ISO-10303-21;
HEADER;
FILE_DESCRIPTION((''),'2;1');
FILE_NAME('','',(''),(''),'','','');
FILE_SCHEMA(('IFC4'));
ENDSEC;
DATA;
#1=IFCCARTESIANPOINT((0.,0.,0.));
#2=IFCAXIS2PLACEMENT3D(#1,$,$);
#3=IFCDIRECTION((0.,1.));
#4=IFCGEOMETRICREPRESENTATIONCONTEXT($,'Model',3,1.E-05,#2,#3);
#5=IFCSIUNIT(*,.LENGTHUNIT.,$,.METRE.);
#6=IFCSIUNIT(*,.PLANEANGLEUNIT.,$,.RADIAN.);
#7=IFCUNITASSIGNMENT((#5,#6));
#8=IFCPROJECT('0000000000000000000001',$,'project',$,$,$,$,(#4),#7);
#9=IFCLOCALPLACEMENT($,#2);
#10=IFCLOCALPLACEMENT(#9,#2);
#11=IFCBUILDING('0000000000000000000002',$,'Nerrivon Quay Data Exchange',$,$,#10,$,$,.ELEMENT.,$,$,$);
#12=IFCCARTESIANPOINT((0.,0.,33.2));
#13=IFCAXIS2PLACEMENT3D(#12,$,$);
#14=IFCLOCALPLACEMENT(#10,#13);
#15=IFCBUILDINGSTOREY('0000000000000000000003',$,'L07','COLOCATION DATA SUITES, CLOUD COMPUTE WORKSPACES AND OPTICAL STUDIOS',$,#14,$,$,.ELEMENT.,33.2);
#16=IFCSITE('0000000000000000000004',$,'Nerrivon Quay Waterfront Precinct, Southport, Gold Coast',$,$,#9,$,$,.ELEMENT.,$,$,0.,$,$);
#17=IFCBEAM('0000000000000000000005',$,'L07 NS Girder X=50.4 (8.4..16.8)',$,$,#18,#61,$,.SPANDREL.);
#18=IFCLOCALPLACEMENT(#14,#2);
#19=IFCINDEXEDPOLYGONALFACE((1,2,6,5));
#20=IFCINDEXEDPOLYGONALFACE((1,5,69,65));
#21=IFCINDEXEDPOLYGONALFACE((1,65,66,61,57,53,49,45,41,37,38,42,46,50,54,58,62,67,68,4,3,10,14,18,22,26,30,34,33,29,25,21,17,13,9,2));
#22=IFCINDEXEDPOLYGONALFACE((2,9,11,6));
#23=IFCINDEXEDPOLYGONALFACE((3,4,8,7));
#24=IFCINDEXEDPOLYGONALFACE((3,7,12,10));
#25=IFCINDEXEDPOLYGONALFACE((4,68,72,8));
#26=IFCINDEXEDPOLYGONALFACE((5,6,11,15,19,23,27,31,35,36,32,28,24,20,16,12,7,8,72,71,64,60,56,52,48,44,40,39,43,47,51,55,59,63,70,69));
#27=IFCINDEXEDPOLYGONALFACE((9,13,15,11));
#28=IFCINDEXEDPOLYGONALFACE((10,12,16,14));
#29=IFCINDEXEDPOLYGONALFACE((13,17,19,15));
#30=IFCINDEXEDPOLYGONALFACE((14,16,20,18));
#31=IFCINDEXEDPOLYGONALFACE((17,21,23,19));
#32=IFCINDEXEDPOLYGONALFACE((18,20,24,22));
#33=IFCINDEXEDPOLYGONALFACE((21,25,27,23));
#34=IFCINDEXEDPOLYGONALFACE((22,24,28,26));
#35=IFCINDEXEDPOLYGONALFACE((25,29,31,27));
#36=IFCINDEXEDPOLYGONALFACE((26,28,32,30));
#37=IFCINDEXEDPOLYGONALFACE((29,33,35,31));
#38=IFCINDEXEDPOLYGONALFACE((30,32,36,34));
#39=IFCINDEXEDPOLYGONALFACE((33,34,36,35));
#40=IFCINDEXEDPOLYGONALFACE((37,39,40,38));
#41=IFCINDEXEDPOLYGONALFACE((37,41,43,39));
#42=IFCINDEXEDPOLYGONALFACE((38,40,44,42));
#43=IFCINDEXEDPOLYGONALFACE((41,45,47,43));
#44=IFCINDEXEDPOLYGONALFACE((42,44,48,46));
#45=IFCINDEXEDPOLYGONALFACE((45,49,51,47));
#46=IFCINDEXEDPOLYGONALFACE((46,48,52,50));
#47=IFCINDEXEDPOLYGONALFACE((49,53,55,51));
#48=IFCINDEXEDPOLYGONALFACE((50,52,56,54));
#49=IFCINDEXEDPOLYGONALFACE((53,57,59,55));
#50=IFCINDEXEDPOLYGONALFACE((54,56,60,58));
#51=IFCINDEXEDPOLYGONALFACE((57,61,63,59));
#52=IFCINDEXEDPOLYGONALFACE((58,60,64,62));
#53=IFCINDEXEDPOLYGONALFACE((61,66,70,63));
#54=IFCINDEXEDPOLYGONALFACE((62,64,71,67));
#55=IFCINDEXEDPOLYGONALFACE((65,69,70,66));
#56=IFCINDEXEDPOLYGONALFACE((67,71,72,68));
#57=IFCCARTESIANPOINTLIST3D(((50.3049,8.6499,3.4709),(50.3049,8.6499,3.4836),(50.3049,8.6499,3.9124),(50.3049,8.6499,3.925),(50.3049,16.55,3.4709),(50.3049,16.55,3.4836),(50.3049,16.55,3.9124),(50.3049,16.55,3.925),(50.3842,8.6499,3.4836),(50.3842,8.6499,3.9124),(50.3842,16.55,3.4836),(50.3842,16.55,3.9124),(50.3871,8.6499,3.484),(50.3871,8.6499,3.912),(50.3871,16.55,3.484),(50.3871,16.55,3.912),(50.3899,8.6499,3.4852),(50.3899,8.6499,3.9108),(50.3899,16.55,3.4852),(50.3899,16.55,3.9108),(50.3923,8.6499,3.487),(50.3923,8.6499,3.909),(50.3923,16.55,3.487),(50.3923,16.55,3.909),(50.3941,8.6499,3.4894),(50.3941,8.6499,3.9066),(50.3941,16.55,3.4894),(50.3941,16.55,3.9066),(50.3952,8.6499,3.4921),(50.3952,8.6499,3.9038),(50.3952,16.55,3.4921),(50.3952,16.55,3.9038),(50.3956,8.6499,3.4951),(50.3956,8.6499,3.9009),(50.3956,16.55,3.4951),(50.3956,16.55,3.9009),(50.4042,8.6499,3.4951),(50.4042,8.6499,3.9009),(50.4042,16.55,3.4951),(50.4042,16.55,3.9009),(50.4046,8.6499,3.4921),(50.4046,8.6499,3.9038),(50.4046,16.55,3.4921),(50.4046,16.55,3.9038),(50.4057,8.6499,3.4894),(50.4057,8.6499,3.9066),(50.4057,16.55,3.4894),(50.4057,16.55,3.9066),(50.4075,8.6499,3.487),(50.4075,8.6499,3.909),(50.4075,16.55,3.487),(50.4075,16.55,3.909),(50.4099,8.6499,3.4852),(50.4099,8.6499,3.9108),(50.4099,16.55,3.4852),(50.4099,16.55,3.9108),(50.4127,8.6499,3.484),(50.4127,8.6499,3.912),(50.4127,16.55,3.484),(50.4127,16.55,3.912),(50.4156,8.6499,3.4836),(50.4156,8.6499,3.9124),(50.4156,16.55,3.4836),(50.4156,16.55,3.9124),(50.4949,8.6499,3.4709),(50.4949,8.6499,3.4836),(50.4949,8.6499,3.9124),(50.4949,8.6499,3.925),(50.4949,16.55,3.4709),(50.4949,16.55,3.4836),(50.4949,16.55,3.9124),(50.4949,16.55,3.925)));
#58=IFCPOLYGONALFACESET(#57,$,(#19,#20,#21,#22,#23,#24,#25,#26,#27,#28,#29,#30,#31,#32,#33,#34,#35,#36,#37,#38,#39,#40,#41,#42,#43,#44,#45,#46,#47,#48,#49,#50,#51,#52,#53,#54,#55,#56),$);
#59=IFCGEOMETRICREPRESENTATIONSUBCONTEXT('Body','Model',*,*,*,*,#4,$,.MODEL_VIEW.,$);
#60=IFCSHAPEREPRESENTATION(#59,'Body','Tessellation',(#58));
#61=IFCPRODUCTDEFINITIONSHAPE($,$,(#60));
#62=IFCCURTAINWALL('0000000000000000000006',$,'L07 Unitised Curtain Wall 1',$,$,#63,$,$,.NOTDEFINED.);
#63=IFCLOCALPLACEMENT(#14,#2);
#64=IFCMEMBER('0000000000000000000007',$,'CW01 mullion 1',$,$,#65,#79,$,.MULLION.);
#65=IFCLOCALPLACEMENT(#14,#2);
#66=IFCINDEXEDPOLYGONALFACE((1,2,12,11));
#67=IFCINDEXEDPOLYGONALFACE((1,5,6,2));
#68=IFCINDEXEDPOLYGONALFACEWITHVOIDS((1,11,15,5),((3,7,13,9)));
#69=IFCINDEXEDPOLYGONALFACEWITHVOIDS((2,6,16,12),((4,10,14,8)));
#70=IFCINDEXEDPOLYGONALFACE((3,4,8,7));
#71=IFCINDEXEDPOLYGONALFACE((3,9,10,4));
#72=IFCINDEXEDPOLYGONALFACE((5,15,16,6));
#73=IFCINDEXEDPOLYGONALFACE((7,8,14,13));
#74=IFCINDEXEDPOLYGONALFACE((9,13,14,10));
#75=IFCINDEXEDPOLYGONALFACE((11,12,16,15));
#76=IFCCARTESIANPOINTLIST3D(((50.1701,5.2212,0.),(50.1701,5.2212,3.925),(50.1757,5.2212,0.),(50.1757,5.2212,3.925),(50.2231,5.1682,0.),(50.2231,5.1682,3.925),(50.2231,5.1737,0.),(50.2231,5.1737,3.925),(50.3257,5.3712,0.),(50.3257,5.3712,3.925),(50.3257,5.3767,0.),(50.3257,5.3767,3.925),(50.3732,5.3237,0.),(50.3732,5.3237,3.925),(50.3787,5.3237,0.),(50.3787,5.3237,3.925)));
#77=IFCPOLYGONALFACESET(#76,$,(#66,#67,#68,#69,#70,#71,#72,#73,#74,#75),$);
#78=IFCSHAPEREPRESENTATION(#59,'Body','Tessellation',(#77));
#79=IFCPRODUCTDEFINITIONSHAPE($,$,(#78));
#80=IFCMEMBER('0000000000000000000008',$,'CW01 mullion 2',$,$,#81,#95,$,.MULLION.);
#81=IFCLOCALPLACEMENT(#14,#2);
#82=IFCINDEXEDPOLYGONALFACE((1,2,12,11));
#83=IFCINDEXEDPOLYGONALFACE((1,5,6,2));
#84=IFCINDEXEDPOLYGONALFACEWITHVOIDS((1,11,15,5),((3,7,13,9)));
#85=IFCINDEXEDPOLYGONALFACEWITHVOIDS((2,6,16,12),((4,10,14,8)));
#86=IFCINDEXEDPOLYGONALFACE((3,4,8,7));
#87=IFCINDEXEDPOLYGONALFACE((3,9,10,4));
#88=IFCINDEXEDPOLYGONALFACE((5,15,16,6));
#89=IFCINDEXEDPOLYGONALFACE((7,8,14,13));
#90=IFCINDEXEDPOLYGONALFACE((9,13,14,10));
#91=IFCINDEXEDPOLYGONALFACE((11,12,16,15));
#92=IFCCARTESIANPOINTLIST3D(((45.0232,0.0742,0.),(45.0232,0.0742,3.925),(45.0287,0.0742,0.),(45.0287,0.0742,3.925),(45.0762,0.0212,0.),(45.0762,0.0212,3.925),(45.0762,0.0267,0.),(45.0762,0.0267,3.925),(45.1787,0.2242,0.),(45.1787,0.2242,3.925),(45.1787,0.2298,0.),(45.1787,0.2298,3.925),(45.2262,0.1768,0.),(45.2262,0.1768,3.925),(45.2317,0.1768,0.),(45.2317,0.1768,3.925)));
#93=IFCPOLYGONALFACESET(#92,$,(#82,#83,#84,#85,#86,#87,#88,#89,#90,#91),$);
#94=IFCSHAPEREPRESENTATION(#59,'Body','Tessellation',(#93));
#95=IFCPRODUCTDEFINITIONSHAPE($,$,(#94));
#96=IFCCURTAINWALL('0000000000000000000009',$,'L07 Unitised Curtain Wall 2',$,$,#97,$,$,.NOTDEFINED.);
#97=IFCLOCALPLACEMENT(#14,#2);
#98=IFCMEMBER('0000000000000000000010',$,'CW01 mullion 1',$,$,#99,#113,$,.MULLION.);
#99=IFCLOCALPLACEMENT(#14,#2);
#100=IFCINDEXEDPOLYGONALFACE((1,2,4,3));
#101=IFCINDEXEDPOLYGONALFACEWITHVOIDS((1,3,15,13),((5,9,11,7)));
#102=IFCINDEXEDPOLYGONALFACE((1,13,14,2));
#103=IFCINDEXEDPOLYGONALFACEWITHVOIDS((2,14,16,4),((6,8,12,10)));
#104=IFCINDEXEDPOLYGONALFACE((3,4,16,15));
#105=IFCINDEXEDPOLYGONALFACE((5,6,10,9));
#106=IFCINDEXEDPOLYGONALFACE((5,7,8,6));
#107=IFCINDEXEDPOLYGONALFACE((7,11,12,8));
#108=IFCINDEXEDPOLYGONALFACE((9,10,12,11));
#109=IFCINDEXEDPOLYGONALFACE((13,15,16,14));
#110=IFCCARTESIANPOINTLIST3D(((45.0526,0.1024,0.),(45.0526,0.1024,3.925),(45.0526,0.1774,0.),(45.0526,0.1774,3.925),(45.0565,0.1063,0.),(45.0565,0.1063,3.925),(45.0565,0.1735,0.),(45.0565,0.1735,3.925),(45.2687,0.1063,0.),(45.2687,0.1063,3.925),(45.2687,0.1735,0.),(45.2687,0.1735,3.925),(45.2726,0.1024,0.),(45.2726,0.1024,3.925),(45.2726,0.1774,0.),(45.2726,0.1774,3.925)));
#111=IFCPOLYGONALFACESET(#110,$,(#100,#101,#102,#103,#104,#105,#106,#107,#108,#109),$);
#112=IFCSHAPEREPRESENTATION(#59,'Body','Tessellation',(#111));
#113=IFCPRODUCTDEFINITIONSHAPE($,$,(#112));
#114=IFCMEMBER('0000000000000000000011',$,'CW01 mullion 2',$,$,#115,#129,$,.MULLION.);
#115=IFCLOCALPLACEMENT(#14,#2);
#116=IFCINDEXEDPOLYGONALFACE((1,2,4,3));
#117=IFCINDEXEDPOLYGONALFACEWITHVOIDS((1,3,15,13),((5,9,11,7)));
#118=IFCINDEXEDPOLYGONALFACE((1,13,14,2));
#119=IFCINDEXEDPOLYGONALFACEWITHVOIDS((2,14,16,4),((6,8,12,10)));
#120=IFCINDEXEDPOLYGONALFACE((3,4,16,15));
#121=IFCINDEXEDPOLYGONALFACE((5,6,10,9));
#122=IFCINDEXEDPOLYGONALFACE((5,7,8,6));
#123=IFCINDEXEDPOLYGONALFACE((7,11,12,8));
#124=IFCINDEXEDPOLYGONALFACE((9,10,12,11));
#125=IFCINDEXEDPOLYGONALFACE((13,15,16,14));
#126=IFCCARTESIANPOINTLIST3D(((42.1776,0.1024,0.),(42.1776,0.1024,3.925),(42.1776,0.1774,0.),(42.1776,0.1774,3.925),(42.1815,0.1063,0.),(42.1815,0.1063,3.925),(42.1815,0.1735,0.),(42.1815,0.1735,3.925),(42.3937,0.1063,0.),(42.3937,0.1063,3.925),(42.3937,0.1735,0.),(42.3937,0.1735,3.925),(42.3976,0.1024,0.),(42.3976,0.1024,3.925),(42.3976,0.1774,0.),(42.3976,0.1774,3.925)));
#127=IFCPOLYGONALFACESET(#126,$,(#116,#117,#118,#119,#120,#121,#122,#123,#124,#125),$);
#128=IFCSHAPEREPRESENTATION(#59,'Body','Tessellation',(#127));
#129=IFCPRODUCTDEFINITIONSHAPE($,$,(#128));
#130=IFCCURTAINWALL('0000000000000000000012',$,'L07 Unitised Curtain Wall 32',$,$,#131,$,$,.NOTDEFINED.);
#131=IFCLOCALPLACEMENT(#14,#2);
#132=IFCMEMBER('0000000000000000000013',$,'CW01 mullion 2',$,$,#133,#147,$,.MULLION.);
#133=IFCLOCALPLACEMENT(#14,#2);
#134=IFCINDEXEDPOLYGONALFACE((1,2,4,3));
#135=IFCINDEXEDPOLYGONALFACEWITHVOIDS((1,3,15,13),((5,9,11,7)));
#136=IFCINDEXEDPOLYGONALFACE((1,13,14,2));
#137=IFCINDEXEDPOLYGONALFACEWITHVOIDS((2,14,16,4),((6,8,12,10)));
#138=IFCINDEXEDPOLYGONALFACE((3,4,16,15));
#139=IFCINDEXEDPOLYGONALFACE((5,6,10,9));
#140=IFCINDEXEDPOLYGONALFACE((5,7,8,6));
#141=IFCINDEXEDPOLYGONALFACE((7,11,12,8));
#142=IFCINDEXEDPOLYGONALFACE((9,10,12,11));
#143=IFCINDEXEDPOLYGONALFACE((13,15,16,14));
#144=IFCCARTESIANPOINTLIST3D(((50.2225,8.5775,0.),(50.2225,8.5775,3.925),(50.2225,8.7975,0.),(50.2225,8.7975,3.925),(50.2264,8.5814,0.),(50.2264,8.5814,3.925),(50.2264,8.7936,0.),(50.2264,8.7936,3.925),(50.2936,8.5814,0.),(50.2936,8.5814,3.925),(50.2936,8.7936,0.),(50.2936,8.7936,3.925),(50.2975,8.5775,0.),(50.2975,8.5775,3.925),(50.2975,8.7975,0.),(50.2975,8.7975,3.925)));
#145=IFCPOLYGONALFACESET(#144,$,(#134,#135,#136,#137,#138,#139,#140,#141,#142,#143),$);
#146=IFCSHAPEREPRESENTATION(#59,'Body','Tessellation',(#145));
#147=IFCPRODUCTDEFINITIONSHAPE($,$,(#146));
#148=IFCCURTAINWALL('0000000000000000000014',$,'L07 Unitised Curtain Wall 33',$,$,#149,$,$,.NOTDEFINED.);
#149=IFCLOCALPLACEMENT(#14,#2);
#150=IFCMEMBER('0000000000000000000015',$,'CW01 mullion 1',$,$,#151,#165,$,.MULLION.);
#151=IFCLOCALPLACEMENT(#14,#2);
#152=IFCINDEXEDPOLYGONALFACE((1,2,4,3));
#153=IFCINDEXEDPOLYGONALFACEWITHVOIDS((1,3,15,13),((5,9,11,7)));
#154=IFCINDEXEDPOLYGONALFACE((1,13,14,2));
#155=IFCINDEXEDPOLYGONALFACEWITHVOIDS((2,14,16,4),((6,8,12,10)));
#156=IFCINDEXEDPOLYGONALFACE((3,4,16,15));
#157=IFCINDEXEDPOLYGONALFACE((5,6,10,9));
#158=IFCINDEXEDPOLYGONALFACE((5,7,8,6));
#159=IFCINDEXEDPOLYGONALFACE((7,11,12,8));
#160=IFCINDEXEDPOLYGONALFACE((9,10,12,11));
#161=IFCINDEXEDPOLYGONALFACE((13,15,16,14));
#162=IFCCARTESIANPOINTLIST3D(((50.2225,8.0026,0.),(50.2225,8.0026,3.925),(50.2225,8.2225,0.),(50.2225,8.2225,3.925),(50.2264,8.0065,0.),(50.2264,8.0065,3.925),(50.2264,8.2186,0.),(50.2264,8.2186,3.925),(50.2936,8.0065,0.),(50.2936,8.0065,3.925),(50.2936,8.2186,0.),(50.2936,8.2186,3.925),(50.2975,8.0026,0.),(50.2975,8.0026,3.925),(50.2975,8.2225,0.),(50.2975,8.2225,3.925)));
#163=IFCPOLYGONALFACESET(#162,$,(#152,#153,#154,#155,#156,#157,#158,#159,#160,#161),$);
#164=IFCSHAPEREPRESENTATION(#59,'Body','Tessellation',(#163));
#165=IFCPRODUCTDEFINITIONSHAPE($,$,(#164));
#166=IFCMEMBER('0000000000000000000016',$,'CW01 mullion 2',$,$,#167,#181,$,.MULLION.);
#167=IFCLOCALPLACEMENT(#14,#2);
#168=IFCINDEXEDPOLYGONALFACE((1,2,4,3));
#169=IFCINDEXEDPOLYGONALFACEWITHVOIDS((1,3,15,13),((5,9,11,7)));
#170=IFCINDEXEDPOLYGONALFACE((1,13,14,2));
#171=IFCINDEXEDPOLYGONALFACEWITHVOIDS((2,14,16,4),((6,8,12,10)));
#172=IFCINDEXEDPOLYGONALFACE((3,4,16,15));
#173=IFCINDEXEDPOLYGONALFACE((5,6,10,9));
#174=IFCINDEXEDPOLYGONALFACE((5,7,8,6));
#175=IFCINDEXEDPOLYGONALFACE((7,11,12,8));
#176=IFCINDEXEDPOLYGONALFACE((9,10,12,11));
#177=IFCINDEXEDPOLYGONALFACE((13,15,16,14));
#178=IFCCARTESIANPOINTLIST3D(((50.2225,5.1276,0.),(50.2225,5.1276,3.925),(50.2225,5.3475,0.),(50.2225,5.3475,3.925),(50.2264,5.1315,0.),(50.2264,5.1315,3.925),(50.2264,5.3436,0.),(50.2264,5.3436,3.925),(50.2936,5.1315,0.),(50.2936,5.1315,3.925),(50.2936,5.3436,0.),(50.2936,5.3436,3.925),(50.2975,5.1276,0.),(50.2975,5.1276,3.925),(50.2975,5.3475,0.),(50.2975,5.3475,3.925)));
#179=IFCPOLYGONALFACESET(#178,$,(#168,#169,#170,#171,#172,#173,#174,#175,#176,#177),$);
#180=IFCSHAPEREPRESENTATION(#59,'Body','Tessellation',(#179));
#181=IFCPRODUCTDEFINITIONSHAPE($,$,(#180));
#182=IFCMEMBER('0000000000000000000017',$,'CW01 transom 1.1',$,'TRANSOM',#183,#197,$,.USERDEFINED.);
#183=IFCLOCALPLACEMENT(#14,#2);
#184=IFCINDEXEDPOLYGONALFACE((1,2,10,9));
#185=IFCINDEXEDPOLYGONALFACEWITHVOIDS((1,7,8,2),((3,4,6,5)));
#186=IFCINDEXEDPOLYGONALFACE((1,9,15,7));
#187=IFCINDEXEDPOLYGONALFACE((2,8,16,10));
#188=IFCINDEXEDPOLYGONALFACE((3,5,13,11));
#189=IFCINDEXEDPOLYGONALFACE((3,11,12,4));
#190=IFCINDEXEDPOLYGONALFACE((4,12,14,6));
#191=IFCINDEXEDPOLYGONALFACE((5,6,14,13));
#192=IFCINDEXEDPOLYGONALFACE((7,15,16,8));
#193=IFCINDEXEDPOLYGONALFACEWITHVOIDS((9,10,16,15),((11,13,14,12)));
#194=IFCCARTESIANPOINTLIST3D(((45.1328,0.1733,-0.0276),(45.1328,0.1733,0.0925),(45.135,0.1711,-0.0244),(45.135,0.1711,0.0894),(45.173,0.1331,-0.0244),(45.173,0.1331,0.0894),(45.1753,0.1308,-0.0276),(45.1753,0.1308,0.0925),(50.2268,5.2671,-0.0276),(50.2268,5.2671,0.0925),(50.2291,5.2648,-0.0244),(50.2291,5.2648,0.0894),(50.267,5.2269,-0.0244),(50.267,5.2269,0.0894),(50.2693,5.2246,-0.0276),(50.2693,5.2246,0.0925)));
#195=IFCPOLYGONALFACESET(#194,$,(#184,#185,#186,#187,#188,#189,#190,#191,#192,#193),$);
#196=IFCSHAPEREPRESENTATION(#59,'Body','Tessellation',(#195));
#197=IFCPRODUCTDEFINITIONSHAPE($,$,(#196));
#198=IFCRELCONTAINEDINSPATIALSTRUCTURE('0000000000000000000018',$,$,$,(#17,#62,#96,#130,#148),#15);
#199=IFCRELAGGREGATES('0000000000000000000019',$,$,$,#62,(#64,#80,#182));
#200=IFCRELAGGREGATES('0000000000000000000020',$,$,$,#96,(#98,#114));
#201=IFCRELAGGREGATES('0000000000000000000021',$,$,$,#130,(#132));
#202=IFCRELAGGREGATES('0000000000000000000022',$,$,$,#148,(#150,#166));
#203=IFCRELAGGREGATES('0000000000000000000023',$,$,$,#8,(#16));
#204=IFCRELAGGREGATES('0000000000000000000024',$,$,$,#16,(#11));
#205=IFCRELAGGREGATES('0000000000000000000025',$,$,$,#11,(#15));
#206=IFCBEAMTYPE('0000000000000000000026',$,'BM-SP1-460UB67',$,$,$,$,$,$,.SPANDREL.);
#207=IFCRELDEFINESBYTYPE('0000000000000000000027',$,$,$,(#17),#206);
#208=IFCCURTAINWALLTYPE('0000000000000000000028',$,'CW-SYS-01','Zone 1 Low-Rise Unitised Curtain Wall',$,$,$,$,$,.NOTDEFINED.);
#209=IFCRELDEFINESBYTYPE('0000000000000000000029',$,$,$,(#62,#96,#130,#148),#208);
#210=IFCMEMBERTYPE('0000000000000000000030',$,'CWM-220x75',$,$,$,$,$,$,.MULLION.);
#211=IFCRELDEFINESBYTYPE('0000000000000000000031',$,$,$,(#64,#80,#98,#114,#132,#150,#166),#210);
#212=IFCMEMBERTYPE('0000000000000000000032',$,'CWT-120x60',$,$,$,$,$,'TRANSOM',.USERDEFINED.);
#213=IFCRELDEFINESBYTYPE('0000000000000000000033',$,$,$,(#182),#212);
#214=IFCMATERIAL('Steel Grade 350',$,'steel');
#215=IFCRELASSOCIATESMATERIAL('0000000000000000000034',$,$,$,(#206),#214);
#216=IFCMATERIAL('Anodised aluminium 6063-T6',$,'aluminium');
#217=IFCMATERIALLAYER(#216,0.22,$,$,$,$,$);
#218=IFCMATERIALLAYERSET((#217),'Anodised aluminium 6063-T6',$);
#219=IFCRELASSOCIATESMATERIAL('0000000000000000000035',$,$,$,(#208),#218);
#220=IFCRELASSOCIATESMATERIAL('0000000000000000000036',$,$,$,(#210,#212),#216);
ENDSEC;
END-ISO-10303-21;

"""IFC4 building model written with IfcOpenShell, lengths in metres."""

from ifc_helpers import new_model, si_unit, direction, frame, origin, origin_2d, place, context, subcontext, project, spatial, hollow_rectangle, i_section, extrude, material, layer, layer_set, material_profile, profile_set, type_object, element, aggregate, save


model = new_model("IFC4")

# Units and contexts
model_context = context("Model", 3, precision=1e-05, world=origin(), true_north=direction((0.0, 1.0)))
body_context = subcontext(model_context, "Body", "Model", "MODEL_VIEW")
ifc_project = project(units=[si_unit("LENGTHUNIT", "METRE"), si_unit("PLANEANGLEUNIT", "RADIAN")], contexts=[model_context])

# Site, building, storey
site_placement = place(None, origin())
site = spatial("IfcSite", under=ifc_project, at=site_placement, Name="Nerrivon Quay Waterfront Precinct, Southport, Gold Coast", CompositionType="ELEMENT", RefElevation=0.0)
building_placement = place(site_placement, origin())
building = spatial("IfcBuilding", under=site, at=building_placement, Name="Nerrivon Quay Data Exchange", CompositionType="ELEMENT")
storey_placement = place(building_placement, frame((0.0, 0.0, 33.2)))
storey = spatial("IfcBuildingStorey", under=building, at=storey_placement, Name="L07", Description="COLOCATION DATA SUITES, CLOUD COMPUTE WORKSPACES AND OPTICAL STUDIOS", CompositionType="ELEMENT", Elevation=33.2)

# Shared definitions
ifc_material_1 = material(Name="Steel Grade 350", Category="steel")

# Beam
ifc_material_profile_1 = material_profile(ifc_material_1, i_section(OverallWidth=0.1899, OverallDepth=0.4541, WebThickness=0.0085, FlangeThickness=0.0127, FilletRadius=0.0115, at=origin_2d()), Name="460UB67.1")
ifc_profile_set_1 = profile_set([ifc_material_profile_1], Name="Steel Grade 350")
beam_type_1 = type_object("IfcBeamType", Name="BM-SP1-460UB67", PredefinedType="SPANDREL", material=ifc_profile_set_1)
beam_1_placement = place(storey_placement, frame((50.3999, 8.6499, 3.698), z_axis=(0.0, 1.0, 0.0), x_axis=(-1.0, 0.0, 0.0)))
element("IfcBeam", 1, at=beam_1_placement, inside=storey, type_object=beam_type_1, Name="L07 NS Girder X=50.4 (8.4..16.8)", PredefinedType="SPANDREL", context=body_context, shape_type="SweptSolid", body=[
    extrude(i_section(OverallWidth=0.1899, OverallDepth=0.4541, WebThickness=0.0085, FlangeThickness=0.0127, FilletRadius=0.0115, at=origin_2d()), origin(), (0.0, 0.0, 1.0), 7.9001),
])

# Curtain walls, members
ifc_material_2 = material(Name="Anodised aluminium 6063-T6", Category="aluminium")
ifc_layer_1 = layer(ifc_material_2, 0.22)
ifc_layer_set_1 = layer_set([ifc_layer_1], Name="Anodised aluminium 6063-T6")
curtain_wall_type = type_object("IfcCurtainWallType", Name="CW-SYS-01", Description="Zone 1 Low-Rise Unitised Curtain Wall", PredefinedType="NOTDEFINED", material=ifc_layer_set_1)
curtain_wall_1_placement = place(storey_placement, origin())
curtain_wall_1 = element("IfcCurtainWall", 2, at=curtain_wall_1_placement, inside=storey, type_object=curtain_wall_type, Name="L07 Unitised Curtain Wall 1", PredefinedType="NOTDEFINED")
ifc_material_profile_2 = material_profile(ifc_material_2, hollow_rectangle(XDim=0.075, YDim=0.22, WallThickness=0.0039, at=origin_2d()), Name="ALU-MULL-220x75")
ifc_profile_set_2 = profile_set([ifc_material_profile_2], Name="Anodised aluminium 6063-T6")
member_type_1 = type_object("IfcMemberType", Name="CWM-220x75", PredefinedType="MULLION", material=ifc_profile_set_2)
member_1_placement = place(storey_placement, frame((50.2744, 5.2725, 0.0), z_axis=(0.0, 0.0, 1.0), x_axis=(0.707107, -0.707107, 0.0)))
member_1 = element("IfcMember", 3, at=member_1_placement, type_object=member_type_1, Name="CW01 mullion 1", PredefinedType="MULLION", context=body_context, shape_type="SweptSolid", body=[
    extrude(hollow_rectangle(XDim=0.075, YDim=0.22, WallThickness=0.0039, at=origin_2d()), origin(), (0.0, 0.0, 1.0), 3.925),
])
member_2_placement = place(storey_placement, frame((45.1274, 0.1255, 0.0), z_axis=(0.0, 0.0, 1.0), x_axis=(0.707107, -0.707107, 0.0)))
member_2 = element("IfcMember", 4, at=member_2_placement, type_object=member_type_1, Name="CW01 mullion 2", PredefinedType="MULLION", context=body_context, shape_type="SweptSolid", body=[
    extrude(hollow_rectangle(XDim=0.075, YDim=0.22, WallThickness=0.0039, at=origin_2d()), origin(), (0.0, 0.0, 1.0), 3.925),
])
curtain_wall_2_placement = place(storey_placement, origin())
curtain_wall_2 = element("IfcCurtainWall", 5, at=curtain_wall_2_placement, inside=storey, type_object=curtain_wall_type, Name="L07 Unitised Curtain Wall 2", PredefinedType="NOTDEFINED")
member_3_placement = place(storey_placement, frame((45.1626, 0.1399, 0.0), z_axis=(0.0, 0.0, 1.0), x_axis=(0.0, -1.0, 0.0)))
member_3 = element("IfcMember", 6, at=member_3_placement, type_object=member_type_1, Name="CW01 mullion 1", PredefinedType="MULLION", context=body_context, shape_type="SweptSolid", body=[
    extrude(hollow_rectangle(XDim=0.075, YDim=0.22, WallThickness=0.0039, at=origin_2d()), origin(), (0.0, 0.0, 1.0), 3.925),
])
member_4_placement = place(storey_placement, frame((42.2876, 0.1399, 0.0), z_axis=(0.0, 0.0, 1.0), x_axis=(0.0, -1.0, 0.0)))
member_4 = element("IfcMember", 7, at=member_4_placement, type_object=member_type_1, Name="CW01 mullion 2", PredefinedType="MULLION", context=body_context, shape_type="SweptSolid", body=[
    extrude(hollow_rectangle(XDim=0.075, YDim=0.22, WallThickness=0.0039, at=origin_2d()), origin(), (0.0, 0.0, 1.0), 3.925),
])

# Curtain wall, member
curtain_wall_3_placement = place(storey_placement, origin())
curtain_wall_3 = element("IfcCurtainWall", 8, at=curtain_wall_3_placement, inside=storey, type_object=curtain_wall_type, Name="L07 Unitised Curtain Wall 32", PredefinedType="NOTDEFINED")
member_5_placement = place(storey_placement, frame((50.26, 8.6875, 0.0), z_axis=(0.0, 0.0, 1.0), x_axis=(1.0, 0.0, 0.0)))
member_5 = element("IfcMember", 9, at=member_5_placement, type_object=member_type_1, Name="CW01 mullion 2", PredefinedType="MULLION", context=body_context, shape_type="SweptSolid", body=[
    extrude(hollow_rectangle(XDim=0.075, YDim=0.22, WallThickness=0.0039, at=origin_2d()), origin(), (0.0, 0.0, 1.0), 3.925),
])

# Curtain wall, members
curtain_wall_4_placement = place(storey_placement, origin())
curtain_wall_4 = element("IfcCurtainWall", 10, at=curtain_wall_4_placement, inside=storey, type_object=curtain_wall_type, Name="L07 Unitised Curtain Wall 33", PredefinedType="NOTDEFINED")
member_6_placement = place(storey_placement, frame((50.26, 8.1125, 0.0), z_axis=(0.0, 0.0, 1.0), x_axis=(1.0, 0.0, 0.0)))
member_6 = element("IfcMember", 11, at=member_6_placement, type_object=member_type_1, Name="CW01 mullion 1", PredefinedType="MULLION", context=body_context, shape_type="SweptSolid", body=[
    extrude(hollow_rectangle(XDim=0.075, YDim=0.22, WallThickness=0.0039, at=origin_2d()), origin(), (0.0, 0.0, 1.0), 3.925),
])
member_7_placement = place(storey_placement, frame((50.26, 5.2375, 0.0), z_axis=(0.0, 0.0, 1.0), x_axis=(1.0, 0.0, 0.0)))
member_7 = element("IfcMember", 12, at=member_7_placement, type_object=member_type_1, Name="CW01 mullion 2", PredefinedType="MULLION", context=body_context, shape_type="SweptSolid", body=[
    extrude(hollow_rectangle(XDim=0.075, YDim=0.22, WallThickness=0.0039, at=origin_2d()), origin(), (0.0, 0.0, 1.0), 3.925),
])

# Member
ifc_material_profile_3 = material_profile(ifc_material_2, hollow_rectangle(XDim=0.0601, YDim=0.1201, WallThickness=0.0032, at=origin_2d()), Name="ALU-TRAN-120x60")
ifc_profile_set_3 = profile_set([ifc_material_profile_3], Name="Anodised aluminium 6063-T6")
member_type_2 = type_object("IfcMemberType", Name="CWT-120x60", ElementType="TRANSOM", PredefinedType="USERDEFINED", material=ifc_profile_set_3)
member_8_placement = place(storey_placement, frame((50.248, 5.2458, 0.0325), z_axis=(-0.707124, -0.70709, 0.0), x_axis=(0.70709, -0.707124, 0.0)))
member_8 = element("IfcMember", 13, at=member_8_placement, type_object=member_type_2, Name="CW01 transom 1.1", ObjectType="TRANSOM", PredefinedType="USERDEFINED", context=body_context, shape_type="SweptSolid", body=[
    extrude(hollow_rectangle(XDim=0.0601, YDim=0.1201, WallThickness=0.0032, at=origin_2d()), origin(), (0.0, 0.0, 1.0), 7.2039),
])

aggregate(curtain_wall_1, [member_1, member_2, member_8])
aggregate(curtain_wall_2, [member_3, member_4])
aggregate(curtain_wall_3, [member_5])
aggregate(curtain_wall_4, [member_6, member_7])

save(model, "model.ifc")
